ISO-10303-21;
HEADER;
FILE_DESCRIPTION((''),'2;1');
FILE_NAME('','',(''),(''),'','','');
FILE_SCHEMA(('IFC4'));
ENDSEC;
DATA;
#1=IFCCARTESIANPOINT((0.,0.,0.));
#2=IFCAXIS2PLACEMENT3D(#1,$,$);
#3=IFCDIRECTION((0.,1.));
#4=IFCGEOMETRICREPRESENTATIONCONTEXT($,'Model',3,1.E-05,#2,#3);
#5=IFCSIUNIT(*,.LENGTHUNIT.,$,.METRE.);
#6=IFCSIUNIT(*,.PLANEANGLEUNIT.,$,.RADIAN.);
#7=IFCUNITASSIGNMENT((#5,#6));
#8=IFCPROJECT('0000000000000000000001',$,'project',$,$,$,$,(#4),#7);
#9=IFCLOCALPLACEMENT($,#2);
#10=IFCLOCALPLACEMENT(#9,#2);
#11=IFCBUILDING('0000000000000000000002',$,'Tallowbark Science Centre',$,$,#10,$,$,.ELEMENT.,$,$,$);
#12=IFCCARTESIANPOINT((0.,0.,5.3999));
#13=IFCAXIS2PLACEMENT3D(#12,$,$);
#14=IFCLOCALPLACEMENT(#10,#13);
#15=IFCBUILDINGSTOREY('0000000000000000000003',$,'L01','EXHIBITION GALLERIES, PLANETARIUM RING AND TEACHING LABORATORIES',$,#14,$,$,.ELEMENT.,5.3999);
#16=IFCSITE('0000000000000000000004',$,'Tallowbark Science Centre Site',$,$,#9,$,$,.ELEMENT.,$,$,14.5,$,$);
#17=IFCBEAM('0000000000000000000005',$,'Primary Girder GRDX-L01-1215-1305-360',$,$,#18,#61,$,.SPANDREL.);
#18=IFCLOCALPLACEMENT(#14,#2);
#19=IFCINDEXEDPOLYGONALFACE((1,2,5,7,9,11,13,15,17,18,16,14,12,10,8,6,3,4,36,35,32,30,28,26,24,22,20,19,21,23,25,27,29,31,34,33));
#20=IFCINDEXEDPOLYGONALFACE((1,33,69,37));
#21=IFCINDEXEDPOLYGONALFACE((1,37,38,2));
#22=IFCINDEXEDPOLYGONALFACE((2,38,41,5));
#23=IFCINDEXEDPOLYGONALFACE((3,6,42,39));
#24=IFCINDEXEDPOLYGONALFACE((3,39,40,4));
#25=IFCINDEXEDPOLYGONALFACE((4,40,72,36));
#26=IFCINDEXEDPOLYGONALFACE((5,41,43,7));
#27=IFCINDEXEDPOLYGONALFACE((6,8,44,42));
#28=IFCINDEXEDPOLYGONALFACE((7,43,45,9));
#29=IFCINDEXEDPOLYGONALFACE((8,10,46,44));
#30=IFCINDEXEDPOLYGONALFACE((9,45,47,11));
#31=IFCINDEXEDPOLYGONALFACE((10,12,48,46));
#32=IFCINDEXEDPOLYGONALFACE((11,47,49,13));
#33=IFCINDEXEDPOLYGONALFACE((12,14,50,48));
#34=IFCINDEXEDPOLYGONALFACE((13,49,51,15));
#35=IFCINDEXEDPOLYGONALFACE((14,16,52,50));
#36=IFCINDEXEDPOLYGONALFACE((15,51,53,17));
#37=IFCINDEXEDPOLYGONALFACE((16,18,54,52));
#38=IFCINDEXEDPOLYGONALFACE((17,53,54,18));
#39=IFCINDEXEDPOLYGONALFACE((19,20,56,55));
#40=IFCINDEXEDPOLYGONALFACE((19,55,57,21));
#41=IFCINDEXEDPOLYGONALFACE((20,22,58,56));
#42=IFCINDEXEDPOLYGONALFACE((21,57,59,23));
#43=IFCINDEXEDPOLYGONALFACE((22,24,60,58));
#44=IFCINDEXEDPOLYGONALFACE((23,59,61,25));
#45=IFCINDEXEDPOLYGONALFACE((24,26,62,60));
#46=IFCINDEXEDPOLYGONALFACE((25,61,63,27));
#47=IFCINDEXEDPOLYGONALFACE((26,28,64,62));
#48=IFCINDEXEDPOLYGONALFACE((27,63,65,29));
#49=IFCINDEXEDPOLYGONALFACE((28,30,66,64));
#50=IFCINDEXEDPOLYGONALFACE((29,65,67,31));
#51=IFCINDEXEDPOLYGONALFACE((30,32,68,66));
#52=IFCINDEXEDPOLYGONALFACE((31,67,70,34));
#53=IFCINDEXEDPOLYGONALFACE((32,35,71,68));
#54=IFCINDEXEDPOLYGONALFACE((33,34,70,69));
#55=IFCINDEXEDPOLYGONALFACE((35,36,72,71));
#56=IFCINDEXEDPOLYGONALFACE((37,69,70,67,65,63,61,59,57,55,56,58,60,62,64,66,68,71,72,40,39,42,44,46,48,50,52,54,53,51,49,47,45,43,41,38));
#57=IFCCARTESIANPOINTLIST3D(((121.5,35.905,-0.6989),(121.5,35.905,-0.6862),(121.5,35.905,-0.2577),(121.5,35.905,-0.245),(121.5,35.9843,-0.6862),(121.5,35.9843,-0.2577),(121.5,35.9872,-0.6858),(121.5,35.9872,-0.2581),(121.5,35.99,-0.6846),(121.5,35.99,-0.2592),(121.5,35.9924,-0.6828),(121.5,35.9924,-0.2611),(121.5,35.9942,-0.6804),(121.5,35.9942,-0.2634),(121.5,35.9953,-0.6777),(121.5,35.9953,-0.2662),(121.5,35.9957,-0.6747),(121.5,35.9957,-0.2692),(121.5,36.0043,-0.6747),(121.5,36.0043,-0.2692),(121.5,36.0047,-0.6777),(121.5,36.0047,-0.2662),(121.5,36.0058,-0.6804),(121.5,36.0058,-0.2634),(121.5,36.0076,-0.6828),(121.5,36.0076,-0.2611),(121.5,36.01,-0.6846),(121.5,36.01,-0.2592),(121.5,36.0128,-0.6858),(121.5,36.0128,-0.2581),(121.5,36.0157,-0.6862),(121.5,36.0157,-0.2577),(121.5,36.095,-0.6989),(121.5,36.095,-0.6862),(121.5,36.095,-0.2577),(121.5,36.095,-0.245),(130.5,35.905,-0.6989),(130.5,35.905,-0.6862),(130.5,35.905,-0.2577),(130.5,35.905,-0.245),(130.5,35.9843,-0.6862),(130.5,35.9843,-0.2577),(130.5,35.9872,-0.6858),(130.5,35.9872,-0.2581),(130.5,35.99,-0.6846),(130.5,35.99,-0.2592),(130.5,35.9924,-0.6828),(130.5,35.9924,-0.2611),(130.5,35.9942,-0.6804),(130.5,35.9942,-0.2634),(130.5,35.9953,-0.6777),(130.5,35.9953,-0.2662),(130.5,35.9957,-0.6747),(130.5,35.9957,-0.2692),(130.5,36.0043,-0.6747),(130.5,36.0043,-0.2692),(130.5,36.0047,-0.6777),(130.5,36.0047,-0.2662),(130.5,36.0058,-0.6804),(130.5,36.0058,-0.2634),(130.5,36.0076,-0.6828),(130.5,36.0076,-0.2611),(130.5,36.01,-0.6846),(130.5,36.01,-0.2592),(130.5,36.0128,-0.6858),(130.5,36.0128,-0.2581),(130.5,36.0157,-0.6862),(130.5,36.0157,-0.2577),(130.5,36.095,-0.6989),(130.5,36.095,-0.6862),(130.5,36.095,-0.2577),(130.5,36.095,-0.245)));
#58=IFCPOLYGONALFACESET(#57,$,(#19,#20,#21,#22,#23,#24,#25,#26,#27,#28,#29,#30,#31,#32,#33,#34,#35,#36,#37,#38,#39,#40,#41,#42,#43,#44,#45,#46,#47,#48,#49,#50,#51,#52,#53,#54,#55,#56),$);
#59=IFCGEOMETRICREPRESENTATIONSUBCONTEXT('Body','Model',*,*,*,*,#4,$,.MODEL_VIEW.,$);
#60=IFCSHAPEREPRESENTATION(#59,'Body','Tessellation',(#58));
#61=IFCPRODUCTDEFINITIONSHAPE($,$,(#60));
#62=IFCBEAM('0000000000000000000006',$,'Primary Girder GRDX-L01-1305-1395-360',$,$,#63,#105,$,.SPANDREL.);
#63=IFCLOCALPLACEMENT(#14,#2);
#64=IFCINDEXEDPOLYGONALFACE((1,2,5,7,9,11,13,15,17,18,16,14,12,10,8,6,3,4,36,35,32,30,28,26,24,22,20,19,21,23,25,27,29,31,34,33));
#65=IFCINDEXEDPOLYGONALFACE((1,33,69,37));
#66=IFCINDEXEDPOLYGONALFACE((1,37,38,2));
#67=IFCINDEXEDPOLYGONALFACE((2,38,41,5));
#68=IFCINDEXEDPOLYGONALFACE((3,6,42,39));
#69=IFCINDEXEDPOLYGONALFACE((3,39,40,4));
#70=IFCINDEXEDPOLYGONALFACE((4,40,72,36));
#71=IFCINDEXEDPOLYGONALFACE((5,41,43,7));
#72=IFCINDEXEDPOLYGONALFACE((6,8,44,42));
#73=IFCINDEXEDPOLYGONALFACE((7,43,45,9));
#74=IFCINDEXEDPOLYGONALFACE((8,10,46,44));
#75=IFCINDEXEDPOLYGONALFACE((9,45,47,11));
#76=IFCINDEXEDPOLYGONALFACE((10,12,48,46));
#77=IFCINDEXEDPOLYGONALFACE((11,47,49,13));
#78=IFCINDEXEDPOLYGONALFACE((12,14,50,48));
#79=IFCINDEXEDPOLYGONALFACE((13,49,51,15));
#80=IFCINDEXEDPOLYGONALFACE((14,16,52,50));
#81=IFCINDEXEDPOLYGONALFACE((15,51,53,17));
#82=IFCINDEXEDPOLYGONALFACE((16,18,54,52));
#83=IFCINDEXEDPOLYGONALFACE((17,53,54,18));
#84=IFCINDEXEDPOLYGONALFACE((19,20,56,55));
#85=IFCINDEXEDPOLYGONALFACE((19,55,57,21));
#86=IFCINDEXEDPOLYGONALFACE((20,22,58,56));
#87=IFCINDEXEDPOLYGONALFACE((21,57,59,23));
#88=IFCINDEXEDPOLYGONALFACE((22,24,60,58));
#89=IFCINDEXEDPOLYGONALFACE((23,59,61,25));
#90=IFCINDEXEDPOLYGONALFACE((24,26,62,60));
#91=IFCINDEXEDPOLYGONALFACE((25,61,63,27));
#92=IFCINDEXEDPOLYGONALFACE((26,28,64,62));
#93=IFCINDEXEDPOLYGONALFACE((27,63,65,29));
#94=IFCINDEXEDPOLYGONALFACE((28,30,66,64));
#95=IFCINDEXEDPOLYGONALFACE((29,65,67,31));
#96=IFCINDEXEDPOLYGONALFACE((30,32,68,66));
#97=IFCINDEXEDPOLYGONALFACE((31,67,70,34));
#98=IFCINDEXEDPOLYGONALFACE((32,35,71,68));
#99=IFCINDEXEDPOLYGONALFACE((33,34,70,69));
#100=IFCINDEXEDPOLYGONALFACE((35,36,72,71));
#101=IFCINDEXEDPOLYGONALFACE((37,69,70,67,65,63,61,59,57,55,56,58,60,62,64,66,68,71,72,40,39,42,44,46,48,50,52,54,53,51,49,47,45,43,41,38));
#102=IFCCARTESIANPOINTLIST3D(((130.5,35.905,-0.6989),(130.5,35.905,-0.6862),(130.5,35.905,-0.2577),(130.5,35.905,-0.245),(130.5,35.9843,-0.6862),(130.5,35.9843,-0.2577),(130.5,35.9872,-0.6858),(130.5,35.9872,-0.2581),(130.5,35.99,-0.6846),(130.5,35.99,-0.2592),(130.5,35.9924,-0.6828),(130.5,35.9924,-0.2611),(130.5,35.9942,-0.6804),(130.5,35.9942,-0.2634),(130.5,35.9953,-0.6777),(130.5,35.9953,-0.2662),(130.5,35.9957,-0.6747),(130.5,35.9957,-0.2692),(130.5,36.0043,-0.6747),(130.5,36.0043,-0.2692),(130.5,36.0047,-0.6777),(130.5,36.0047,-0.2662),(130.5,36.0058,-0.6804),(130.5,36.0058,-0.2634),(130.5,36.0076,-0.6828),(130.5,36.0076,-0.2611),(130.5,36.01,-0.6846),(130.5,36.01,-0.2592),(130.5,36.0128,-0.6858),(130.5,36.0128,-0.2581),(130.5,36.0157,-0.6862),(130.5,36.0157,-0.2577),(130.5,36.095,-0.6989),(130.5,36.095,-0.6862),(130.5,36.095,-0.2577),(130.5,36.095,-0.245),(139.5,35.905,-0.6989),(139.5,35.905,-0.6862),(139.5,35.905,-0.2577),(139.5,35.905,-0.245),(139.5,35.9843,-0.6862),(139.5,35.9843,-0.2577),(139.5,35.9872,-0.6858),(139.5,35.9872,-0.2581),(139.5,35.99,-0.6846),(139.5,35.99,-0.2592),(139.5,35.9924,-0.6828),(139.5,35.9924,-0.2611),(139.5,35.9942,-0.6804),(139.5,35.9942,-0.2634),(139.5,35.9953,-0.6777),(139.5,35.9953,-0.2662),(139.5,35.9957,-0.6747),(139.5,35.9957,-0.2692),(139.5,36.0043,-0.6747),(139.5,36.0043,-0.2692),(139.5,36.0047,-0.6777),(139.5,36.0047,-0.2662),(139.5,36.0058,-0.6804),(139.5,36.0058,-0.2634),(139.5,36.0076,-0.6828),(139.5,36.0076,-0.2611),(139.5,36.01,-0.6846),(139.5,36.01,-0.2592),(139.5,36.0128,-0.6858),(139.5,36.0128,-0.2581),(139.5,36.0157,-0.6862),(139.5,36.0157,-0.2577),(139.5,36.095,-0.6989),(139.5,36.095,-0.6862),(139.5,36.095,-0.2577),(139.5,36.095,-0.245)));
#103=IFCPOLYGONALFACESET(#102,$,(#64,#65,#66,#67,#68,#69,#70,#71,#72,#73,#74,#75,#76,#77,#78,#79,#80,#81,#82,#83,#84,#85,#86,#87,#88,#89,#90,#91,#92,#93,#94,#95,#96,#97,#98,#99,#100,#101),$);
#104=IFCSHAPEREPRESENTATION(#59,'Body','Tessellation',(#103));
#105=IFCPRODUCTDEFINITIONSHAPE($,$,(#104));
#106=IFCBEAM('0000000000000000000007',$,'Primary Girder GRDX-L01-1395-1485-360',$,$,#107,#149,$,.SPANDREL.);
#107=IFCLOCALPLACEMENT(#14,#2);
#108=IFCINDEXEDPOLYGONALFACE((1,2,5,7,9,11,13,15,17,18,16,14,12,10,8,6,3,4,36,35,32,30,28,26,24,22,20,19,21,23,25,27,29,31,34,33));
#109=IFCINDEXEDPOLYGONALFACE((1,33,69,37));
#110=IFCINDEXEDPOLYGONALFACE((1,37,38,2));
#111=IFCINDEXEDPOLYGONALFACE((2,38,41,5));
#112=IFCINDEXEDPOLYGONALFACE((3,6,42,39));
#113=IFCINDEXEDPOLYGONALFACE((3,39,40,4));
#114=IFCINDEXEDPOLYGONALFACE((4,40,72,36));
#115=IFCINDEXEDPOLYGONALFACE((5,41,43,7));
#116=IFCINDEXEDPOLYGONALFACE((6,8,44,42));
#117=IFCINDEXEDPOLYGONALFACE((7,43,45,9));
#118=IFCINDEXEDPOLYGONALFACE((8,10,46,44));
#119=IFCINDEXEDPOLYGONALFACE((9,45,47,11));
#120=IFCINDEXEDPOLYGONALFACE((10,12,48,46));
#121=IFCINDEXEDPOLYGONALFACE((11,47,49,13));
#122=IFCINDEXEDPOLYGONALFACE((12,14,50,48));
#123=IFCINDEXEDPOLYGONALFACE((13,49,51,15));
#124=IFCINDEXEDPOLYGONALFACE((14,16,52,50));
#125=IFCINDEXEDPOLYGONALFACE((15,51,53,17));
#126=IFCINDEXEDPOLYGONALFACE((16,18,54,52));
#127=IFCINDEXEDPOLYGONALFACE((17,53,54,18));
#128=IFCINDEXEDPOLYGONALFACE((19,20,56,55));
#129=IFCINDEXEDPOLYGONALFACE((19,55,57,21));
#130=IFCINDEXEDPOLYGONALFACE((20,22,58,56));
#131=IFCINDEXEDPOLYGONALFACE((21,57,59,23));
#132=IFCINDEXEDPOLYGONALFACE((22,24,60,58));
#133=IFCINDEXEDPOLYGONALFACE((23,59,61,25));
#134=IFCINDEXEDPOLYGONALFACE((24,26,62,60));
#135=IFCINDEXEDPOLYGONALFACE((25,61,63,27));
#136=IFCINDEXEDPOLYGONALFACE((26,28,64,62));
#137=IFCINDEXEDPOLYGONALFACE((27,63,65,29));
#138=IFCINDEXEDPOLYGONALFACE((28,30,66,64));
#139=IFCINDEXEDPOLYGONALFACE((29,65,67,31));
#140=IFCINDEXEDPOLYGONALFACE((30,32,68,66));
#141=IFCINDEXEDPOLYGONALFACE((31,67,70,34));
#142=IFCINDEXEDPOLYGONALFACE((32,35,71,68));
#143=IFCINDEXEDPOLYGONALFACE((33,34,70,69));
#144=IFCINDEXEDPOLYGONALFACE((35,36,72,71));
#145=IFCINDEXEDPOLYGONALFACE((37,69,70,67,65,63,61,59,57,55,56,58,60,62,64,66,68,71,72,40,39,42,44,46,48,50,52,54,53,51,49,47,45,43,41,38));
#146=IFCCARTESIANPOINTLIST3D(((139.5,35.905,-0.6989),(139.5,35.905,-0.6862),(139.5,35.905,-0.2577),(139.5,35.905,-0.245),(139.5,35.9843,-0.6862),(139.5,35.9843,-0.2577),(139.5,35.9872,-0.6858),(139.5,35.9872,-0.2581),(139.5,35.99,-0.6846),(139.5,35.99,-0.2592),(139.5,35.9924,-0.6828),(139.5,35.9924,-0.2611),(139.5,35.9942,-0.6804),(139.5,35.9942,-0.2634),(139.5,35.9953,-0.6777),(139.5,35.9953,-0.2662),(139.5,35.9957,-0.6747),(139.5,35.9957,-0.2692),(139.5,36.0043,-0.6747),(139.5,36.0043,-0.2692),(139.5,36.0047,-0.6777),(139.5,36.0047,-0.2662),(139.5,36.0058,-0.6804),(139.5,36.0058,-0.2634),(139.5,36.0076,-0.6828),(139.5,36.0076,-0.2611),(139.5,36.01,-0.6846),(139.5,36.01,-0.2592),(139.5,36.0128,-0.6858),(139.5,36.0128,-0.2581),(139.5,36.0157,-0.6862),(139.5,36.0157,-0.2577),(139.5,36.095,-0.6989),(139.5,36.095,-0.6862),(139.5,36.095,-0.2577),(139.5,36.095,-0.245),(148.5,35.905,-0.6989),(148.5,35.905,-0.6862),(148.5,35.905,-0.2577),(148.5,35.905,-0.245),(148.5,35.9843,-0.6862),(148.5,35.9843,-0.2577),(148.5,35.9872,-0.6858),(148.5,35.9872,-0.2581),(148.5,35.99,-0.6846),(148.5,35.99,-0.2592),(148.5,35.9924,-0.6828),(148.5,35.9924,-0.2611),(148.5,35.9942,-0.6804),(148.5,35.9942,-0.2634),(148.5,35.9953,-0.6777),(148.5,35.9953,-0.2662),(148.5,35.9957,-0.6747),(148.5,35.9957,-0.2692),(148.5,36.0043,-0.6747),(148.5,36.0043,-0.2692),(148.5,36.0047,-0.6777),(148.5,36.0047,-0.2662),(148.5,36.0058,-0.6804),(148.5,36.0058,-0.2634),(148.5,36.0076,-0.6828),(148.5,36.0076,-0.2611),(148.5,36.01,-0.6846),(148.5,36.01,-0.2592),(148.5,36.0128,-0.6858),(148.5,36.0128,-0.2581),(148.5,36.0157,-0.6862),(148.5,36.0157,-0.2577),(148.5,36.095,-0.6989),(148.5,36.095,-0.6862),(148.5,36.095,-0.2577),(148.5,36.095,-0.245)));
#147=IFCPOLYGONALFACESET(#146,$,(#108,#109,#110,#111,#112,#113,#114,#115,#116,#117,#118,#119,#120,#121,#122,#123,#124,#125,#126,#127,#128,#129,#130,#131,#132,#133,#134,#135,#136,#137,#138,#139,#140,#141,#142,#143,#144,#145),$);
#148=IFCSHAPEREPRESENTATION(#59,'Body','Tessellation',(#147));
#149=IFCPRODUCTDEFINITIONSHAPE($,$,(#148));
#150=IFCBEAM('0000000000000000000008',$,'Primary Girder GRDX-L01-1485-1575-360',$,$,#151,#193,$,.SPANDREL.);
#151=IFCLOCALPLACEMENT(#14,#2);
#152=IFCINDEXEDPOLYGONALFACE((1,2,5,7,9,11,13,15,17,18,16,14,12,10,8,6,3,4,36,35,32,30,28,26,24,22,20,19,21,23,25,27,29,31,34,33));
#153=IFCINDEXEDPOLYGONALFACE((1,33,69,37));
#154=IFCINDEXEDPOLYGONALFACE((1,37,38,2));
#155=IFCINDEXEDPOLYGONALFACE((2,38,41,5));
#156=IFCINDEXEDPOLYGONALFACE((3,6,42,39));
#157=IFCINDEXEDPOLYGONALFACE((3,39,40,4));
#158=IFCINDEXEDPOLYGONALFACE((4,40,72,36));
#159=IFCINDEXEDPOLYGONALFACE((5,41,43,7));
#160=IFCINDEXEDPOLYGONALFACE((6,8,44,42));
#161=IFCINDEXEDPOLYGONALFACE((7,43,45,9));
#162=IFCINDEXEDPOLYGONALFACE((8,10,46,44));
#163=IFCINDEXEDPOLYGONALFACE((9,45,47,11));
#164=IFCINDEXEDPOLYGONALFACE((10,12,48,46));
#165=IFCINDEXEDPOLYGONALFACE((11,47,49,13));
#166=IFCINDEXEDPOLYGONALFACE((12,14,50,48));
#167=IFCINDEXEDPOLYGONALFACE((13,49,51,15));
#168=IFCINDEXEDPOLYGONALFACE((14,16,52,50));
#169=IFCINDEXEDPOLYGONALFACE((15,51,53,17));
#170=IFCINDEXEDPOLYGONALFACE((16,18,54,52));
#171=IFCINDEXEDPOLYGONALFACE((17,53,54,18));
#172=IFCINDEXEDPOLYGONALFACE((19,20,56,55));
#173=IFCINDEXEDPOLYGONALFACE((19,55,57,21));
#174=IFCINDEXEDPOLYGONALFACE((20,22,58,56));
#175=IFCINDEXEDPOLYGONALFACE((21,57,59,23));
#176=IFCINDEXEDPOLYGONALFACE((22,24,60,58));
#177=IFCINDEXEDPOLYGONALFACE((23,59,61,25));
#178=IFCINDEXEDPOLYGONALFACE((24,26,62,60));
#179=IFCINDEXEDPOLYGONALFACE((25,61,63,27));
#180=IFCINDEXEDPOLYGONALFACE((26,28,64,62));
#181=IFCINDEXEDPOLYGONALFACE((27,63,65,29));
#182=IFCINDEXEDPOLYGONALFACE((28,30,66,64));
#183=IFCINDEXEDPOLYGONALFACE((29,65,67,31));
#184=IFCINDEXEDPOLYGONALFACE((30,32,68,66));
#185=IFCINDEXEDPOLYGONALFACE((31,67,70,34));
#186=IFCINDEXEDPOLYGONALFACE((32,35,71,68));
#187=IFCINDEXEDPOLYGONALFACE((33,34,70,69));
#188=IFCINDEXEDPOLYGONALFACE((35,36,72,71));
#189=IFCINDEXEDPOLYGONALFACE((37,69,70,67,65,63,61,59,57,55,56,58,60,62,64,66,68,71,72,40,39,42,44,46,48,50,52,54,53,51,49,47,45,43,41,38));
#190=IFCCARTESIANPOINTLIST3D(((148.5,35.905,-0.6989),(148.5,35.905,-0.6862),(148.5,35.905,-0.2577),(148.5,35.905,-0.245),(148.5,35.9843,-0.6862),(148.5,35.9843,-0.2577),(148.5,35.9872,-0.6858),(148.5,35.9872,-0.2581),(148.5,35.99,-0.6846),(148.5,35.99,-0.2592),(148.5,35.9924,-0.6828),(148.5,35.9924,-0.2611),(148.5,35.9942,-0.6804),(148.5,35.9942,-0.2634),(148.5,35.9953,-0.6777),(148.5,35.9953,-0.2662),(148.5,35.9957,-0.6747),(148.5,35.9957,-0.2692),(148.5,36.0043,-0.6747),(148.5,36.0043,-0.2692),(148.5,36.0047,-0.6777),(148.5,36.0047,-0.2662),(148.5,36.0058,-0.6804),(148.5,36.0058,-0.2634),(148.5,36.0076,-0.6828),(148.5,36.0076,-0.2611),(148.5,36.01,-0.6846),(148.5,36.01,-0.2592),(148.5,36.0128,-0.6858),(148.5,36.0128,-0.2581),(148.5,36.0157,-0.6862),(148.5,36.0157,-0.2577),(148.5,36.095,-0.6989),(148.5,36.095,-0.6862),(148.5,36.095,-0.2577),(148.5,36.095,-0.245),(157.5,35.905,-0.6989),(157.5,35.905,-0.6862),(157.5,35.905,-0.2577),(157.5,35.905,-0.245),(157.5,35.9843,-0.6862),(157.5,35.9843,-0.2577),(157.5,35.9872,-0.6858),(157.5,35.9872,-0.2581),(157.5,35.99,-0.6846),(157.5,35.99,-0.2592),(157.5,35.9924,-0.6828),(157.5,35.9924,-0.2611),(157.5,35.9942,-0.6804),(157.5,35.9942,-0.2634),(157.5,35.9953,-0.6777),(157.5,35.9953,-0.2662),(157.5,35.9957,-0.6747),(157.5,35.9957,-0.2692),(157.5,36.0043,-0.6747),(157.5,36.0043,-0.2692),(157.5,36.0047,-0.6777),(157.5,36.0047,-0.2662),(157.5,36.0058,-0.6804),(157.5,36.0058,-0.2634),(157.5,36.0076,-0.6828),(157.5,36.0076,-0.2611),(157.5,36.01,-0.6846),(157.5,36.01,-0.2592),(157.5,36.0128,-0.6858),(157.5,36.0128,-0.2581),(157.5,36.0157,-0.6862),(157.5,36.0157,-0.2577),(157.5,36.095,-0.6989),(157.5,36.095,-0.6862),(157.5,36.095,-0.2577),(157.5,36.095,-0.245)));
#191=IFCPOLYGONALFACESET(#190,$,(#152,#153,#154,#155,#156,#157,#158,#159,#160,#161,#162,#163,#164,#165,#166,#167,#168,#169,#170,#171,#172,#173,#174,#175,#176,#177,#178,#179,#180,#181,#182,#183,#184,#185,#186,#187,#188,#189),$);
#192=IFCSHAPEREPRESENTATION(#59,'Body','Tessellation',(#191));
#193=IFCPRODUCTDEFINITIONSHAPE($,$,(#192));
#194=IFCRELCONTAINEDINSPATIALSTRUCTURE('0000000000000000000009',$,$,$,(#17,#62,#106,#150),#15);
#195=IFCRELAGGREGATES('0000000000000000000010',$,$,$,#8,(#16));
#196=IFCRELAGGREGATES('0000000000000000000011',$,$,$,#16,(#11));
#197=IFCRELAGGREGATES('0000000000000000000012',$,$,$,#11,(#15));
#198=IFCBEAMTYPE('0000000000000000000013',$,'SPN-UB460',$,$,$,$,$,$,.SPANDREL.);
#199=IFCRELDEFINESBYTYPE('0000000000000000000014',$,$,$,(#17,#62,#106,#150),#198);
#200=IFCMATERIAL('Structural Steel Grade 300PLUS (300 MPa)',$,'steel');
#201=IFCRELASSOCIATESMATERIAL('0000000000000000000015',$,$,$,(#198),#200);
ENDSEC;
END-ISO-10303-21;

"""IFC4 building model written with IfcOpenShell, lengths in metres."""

from ifc_helpers import new_model, si_unit, direction, frame, origin, origin_2d, place, context, subcontext, project, spatial, i_section, extrude, material, material_profile, profile_set, type_object, element, save


model = new_model("IFC4")

# Units and contexts
model_context = context("Model", 3, precision=1e-05, world=origin(), true_north=direction((0.0, 1.0)))
body_context = subcontext(model_context, "Body", "Model", "MODEL_VIEW")
ifc_project = project(units=[si_unit("LENGTHUNIT", "METRE"), si_unit("PLANEANGLEUNIT", "RADIAN")], contexts=[model_context])

# Site, building, storey
site_placement = place(None, origin())
site = spatial("IfcSite", under=ifc_project, at=site_placement, Name="Tallowbark Science Centre Site", CompositionType="ELEMENT", RefElevation=14.5)
building_placement = place(site_placement, origin())
building = spatial("IfcBuilding", under=site, at=building_placement, Name="Tallowbark Science Centre", CompositionType="ELEMENT")
storey_placement = place(building_placement, frame((0.0, 0.0, 5.3999)))
storey = spatial("IfcBuildingStorey", under=building, at=storey_placement, Name="L01", Description="EXHIBITION GALLERIES, PLANETARIUM RING AND TEACHING LABORATORIES", CompositionType="ELEMENT", Elevation=5.3999)

# Shared definitions
ifc_material_1 = material(Name="Structural Steel Grade 300PLUS (300 MPa)", Category="steel")

# Beams
ifc_material_profile_1 = material_profile(ifc_material_1, i_section(OverallWidth=0.1899, OverallDepth=0.4539, WebThickness=0.0085, FlangeThickness=0.0127, FilletRadius=0.0115, at=origin_2d()), Name="460UB67.1")
ifc_profile_set_1 = profile_set([ifc_material_profile_1], Name="Structural Steel Grade 300PLUS (300 MPa)")
beam_type_1 = type_object("IfcBeamType", Name="SPN-UB460", PredefinedType="SPANDREL", material=ifc_profile_set_1)
for number, where, z_axis, x_axis, name in (
    (1, (121.5, 36.0, -0.4719), (1.0, 0.0, 0.0), (0.0, 1.0, 0.0), "Primary Girder GRDX-L01-1215-1305-360"),
    (2, (130.5, 36.0, -0.4719), (1.0, 0.0, 0.0), (0.0, 1.0, 0.0), "Primary Girder GRDX-L01-1305-1395-360"),
    (3, (139.5, 36.0, -0.4719), (1.0, 0.0, 0.0), (0.0, 1.0, 0.0), "Primary Girder GRDX-L01-1395-1485-360"),
    (4, (148.5, 36.0, -0.4719), (1.0, 0.0, 0.0), (0.0, 1.0, 0.0), "Primary Girder GRDX-L01-1485-1575-360"),
):
    element("IfcBeam", number, at=place(storey_placement, frame(where, z_axis=z_axis, x_axis=x_axis)), inside=storey, type_object=beam_type_1, Name=name, PredefinedType="SPANDREL", context=body_context, shape_type="SweptSolid", body=[
        extrude(i_section(OverallWidth=0.1899, OverallDepth=0.4539, WebThickness=0.0085, FlangeThickness=0.0127, FilletRadius=0.0115, at=origin_2d()), origin(), (0.0, 0.0, 1.0), 9.0),
    ])

save(model, "model.ifc")
